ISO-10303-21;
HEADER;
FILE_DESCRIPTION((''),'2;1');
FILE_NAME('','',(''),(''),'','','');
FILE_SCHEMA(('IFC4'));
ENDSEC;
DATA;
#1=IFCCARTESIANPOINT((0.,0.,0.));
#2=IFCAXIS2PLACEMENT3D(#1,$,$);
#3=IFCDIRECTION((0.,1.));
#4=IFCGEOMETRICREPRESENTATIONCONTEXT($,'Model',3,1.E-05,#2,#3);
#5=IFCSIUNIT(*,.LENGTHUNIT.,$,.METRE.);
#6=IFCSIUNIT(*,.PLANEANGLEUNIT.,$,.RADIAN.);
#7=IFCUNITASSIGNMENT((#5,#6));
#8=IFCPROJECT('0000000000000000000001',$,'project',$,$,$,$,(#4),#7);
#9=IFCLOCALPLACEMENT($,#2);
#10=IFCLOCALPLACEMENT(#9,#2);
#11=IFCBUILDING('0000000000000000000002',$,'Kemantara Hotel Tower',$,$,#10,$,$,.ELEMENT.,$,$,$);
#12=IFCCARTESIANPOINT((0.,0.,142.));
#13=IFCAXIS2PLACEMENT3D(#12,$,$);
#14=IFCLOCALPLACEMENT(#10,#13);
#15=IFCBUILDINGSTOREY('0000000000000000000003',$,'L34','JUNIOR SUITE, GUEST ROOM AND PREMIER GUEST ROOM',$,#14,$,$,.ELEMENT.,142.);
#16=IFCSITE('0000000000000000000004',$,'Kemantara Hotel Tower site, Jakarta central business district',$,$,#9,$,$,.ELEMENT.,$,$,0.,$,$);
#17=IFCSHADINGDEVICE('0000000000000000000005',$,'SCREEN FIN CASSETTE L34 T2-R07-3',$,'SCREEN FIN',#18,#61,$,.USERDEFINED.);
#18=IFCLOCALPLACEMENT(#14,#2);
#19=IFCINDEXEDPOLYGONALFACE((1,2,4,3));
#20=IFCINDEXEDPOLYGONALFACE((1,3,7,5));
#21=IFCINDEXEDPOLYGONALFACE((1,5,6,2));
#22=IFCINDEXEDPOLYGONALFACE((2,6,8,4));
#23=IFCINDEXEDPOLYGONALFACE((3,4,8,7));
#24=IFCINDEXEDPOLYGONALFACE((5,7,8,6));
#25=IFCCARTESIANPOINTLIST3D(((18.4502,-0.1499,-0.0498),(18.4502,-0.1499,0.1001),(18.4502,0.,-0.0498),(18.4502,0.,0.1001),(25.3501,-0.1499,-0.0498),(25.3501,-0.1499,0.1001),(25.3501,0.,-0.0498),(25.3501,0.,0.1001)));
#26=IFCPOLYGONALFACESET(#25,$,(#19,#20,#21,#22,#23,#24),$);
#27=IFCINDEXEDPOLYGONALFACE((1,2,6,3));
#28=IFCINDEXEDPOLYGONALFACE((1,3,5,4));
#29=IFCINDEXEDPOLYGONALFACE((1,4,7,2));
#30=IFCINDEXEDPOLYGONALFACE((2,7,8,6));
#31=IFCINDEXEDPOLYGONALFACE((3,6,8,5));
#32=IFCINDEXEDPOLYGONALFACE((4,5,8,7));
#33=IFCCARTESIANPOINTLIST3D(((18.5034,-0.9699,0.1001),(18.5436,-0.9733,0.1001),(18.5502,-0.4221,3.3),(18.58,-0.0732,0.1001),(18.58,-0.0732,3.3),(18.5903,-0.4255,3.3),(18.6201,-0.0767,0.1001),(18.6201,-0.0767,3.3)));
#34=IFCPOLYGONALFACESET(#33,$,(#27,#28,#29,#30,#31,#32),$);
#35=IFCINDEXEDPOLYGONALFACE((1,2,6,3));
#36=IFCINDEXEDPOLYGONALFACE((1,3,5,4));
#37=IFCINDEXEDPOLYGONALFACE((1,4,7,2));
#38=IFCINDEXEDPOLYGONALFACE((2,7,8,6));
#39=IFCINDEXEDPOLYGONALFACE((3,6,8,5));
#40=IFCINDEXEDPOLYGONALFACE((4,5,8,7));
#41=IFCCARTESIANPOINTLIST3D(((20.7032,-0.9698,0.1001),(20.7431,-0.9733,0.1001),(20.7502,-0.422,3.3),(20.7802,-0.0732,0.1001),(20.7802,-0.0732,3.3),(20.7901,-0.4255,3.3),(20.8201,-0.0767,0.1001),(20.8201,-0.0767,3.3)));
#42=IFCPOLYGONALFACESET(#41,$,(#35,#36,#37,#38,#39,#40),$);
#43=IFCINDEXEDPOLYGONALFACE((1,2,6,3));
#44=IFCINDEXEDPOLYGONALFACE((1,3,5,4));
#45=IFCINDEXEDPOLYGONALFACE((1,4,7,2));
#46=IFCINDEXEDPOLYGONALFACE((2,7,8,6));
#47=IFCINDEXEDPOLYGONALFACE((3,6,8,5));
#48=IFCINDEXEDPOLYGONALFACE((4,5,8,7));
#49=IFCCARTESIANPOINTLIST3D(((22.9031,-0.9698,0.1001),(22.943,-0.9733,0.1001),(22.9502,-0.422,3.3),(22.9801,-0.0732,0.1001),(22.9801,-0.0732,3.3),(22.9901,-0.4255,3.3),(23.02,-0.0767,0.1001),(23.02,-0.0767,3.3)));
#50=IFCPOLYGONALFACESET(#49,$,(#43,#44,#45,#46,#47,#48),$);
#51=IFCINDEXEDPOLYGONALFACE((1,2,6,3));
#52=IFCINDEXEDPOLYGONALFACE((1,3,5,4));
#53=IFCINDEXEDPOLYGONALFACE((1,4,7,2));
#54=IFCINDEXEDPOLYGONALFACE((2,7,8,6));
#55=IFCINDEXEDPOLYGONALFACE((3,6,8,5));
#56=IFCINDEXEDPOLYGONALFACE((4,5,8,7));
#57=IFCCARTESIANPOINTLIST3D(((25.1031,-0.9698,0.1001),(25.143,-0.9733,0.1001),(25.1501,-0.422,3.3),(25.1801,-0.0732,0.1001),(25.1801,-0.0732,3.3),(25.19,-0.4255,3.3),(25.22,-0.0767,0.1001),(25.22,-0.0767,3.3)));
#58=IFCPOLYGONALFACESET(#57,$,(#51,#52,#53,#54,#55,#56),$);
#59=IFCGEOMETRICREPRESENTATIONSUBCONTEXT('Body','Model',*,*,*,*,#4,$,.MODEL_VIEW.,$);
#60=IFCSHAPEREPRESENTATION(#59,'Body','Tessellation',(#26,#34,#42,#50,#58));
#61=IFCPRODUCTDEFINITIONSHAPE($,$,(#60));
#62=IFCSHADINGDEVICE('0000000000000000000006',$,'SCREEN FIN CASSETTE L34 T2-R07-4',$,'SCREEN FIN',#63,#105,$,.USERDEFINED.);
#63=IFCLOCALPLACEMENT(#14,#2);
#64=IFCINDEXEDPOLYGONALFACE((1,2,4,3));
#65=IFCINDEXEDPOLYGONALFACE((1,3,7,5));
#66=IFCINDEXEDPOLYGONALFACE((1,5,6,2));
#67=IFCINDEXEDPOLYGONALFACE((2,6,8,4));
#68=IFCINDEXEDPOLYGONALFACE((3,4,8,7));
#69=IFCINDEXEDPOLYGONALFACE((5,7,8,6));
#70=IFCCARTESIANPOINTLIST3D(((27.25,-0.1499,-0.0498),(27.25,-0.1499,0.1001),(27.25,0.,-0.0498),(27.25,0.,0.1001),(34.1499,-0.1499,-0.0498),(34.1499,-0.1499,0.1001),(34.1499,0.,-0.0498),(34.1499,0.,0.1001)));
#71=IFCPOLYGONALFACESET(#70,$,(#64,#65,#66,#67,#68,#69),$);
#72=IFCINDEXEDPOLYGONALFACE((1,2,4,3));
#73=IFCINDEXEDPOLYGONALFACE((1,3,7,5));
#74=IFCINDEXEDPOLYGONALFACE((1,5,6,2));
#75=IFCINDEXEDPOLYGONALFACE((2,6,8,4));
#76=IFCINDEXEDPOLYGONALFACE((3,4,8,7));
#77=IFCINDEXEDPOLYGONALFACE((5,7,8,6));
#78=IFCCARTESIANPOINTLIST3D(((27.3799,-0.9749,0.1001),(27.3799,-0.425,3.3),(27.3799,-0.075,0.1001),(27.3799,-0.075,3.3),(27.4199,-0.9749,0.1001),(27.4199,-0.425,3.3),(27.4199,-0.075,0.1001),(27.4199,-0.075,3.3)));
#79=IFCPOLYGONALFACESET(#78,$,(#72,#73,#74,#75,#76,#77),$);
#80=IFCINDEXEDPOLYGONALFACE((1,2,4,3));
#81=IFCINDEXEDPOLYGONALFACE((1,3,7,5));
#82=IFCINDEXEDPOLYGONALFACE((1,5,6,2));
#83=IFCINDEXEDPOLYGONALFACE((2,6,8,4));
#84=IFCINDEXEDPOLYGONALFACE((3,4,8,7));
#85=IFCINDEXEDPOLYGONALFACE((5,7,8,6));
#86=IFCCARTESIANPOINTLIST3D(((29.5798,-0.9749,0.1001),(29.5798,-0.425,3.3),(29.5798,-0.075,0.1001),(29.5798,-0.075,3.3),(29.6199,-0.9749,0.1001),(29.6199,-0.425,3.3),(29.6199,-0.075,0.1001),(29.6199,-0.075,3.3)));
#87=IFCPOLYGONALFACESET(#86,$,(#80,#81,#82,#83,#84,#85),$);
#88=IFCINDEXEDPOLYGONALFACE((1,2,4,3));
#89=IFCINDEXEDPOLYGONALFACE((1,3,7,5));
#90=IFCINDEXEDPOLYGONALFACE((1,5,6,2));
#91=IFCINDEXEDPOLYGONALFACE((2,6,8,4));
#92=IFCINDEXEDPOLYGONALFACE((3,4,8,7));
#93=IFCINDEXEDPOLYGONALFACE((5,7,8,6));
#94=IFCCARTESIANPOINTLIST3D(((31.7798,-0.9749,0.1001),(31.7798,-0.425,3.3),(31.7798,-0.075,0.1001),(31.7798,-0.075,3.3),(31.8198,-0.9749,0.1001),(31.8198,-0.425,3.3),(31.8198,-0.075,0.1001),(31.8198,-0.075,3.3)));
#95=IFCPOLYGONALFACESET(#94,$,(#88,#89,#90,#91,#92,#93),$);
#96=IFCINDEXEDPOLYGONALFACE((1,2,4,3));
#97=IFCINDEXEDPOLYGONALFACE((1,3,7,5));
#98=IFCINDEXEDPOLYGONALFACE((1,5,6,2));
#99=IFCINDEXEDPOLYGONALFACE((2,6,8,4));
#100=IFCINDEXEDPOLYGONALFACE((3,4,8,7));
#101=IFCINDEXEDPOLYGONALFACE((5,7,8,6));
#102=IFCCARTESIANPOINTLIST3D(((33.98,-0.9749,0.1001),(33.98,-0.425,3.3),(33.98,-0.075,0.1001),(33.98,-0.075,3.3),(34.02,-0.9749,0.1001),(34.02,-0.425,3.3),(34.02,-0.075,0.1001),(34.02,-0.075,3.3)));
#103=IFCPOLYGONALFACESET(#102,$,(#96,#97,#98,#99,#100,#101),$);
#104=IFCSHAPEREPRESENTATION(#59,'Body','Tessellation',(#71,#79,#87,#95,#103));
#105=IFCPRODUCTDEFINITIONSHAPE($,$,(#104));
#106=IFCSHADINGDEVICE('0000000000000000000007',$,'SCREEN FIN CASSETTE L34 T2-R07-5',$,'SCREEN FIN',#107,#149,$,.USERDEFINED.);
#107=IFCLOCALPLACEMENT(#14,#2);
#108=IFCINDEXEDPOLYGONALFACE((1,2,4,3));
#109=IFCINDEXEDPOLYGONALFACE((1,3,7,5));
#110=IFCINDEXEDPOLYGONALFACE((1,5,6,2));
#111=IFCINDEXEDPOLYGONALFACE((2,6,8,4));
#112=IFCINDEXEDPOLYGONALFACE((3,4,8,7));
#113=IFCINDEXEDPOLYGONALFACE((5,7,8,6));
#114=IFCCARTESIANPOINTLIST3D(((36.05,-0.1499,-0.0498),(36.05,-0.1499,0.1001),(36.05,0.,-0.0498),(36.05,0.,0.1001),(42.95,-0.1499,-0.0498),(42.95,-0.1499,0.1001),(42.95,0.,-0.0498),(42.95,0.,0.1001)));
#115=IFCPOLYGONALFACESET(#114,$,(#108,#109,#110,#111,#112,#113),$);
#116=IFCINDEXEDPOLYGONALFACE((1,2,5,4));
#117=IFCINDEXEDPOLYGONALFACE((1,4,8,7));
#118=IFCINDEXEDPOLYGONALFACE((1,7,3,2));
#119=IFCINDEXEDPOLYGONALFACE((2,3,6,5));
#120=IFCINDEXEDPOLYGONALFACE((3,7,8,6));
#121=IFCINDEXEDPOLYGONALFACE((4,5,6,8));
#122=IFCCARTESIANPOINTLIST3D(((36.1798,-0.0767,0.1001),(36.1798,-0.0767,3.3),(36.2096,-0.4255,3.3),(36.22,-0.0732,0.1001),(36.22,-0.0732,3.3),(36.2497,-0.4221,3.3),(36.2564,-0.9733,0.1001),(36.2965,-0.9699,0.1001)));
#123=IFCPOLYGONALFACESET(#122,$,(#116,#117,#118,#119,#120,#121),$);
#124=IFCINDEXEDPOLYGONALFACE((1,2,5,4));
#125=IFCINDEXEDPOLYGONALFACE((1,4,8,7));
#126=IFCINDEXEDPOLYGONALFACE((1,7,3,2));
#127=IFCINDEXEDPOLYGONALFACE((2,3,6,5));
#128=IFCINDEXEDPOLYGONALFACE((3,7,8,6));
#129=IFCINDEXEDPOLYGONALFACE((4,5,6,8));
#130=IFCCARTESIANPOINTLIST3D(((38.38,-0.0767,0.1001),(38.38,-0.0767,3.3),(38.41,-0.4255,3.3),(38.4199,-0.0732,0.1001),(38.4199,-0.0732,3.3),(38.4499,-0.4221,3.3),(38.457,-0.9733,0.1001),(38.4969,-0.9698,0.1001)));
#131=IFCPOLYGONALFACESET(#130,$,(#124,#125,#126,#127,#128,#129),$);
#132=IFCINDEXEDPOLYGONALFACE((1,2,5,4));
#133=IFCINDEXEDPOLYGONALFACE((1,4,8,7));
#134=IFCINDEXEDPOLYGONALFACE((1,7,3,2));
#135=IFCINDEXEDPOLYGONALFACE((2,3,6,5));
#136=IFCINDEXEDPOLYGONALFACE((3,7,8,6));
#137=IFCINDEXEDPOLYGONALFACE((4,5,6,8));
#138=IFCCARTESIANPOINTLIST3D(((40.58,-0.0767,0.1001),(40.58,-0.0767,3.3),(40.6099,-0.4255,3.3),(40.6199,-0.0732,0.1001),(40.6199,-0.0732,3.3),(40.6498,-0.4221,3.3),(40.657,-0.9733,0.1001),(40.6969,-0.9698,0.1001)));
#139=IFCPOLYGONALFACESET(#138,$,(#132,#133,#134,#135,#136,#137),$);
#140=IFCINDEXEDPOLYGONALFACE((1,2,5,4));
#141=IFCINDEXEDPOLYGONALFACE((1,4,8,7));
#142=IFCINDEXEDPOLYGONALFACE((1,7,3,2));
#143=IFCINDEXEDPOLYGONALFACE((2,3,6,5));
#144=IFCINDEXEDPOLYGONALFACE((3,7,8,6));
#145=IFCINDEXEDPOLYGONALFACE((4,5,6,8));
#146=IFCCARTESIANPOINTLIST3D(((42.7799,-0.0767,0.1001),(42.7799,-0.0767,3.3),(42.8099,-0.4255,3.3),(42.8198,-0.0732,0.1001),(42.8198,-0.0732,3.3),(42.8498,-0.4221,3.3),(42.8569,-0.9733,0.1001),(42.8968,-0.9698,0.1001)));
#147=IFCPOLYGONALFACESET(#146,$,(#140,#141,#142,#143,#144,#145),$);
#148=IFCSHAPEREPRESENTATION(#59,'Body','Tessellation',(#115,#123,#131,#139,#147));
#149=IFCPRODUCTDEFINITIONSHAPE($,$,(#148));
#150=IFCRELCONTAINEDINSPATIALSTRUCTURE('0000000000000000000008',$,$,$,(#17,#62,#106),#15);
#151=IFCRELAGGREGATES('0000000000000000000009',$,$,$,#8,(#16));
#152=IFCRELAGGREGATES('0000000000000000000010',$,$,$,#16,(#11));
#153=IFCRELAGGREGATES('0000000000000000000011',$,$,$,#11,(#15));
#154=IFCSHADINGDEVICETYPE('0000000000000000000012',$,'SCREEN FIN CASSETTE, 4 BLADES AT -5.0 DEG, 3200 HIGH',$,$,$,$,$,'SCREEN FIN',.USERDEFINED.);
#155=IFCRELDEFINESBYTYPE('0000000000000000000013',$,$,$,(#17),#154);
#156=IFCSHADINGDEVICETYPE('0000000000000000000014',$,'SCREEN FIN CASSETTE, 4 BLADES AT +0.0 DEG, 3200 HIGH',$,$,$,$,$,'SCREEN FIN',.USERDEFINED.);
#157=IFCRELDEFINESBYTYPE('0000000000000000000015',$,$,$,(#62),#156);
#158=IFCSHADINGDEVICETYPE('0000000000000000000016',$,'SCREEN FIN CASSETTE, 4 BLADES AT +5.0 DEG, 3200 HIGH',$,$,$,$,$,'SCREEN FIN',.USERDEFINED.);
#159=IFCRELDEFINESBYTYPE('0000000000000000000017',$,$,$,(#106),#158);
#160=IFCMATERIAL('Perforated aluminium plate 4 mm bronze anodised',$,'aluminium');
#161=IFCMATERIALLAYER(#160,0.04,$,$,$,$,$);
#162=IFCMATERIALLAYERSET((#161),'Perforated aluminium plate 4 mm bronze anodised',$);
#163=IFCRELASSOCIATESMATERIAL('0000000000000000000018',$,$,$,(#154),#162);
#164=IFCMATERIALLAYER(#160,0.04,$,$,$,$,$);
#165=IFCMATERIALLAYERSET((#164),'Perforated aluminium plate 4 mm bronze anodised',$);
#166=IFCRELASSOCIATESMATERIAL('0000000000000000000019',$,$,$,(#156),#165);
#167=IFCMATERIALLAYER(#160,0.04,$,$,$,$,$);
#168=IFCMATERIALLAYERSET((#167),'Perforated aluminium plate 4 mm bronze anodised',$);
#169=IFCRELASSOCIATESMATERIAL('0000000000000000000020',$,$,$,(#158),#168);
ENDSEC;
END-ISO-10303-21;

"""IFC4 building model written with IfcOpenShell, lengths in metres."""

from ifc_helpers import new_model, si_unit, direction, frame, origin, origin_2d, place, context, subcontext, project, spatial, polyline, rectangle, outline, extrude, source, transform, mapped, material, layer, layer_set, type_object, element, save


model = new_model("IFC4")

# Units and contexts
model_context = context("Model", 3, precision=1e-05, world=origin(), true_north=direction((0.0, 1.0)))
body_context = subcontext(model_context, "Body", "Model", "MODEL_VIEW")
ifc_project = project(units=[si_unit("LENGTHUNIT", "METRE"), si_unit("PLANEANGLEUNIT", "RADIAN")], contexts=[model_context])

# Site, building, storey
site_placement = place(None, origin())
site = spatial("IfcSite", under=ifc_project, at=site_placement, Name="Kemantara Hotel Tower site, Jakarta central business district", CompositionType="ELEMENT", RefElevation=0.0)
building_placement = place(site_placement, origin())
building = spatial("IfcBuilding", under=site, at=building_placement, Name="Kemantara Hotel Tower", CompositionType="ELEMENT")
storey_placement = place(building_placement, frame((0.0, 0.0, 142.0)))
storey = spatial("IfcBuildingStorey", under=building, at=storey_placement, Name="L34", Description="JUNIOR SUITE, GUEST ROOM AND PREMIER GUEST ROOM", CompositionType="ELEMENT", Elevation=142.0)

# Shading devices
ifc_material_1 = material(Name="Perforated aluminium plate 4 mm bronze anodised", Category="aluminium")
ifc_layer_1 = layer(ifc_material_1, 0.04)
ifc_layer_set_1 = layer_set([ifc_layer_1], Name="Perforated aluminium plate 4 mm bronze anodised")
shading_device_type_1 = type_object("IfcShadingDeviceType", Name="SCREEN FIN CASSETTE, 4 BLADES AT -5.0 DEG, 3200 HIGH", ElementType="SCREEN FIN", PredefinedType="USERDEFINED", material=ifc_layer_set_1)
shared_shape_1 = source(origin(), body_context, "Body", "SweptSolid", [
    extrude(rectangle(XDim=6.8999, YDim=0.1499, at=origin_2d()), frame((3.3, -0.075, -0.1499), z_axis=(0.0, 0.0, 1.0), x_axis=(1.0, 0.0, 0.0)), (0.0, 0.0, 1.0), 0.1499),
    extrude(outline(polyline([(0.0, 0.0), (0.8999, 0.0), (0.3501, 3.2), (0.0, 3.2), (0.0, 0.0)])), frame((0.02, -0.0767, 0.0), z_axis=(-0.996376, 0.085056, 0.0), x_axis=(-0.085056, -0.996376, 0.0)), (0.0, 0.0, 1.0), 0.0403),
    extrude(outline(polyline([(0.0, 0.0), (0.8999, 0.0), (0.3501, 3.2), (0.0, 3.2), (0.0, 0.0)])), frame((2.22, -0.0767, 0.0), z_axis=(-0.996332, 0.085575, 0.0), x_axis=(-0.085575, -0.996332, 0.0)), (0.0, 0.0, 1.0), 0.04),
    extrude(outline(polyline([(0.0, 0.0), (0.8999, 0.0), (0.3501, 3.2), (0.0, 3.2), (0.0, 0.0)])), frame((4.4199, -0.0767, 0.0), z_axis=(-0.996332, 0.085575, 0.0), x_axis=(-0.085575, -0.996332, 0.0)), (0.0, 0.0, 1.0), 0.04),
    extrude(outline(polyline([(0.0, 0.0), (0.8999, 0.0), (0.3501, 3.2), (0.0, 3.2), (0.0, 0.0)])), frame((6.6199, -0.0767, 0.0), z_axis=(-0.996332, 0.085575, 0.0), x_axis=(-0.085575, -0.996332, 0.0)), (0.0, 0.0, 1.0), 0.04),
])
shading_device_1_placement = place(storey_placement, frame((18.6001, 0.0, 0.1001), z_axis=(0.0, 0.0, 1.0), x_axis=(1.0, 0.0, 0.0)))
element("IfcShadingDevice", 1, at=shading_device_1_placement, inside=storey, type_object=shading_device_type_1, Name="SCREEN FIN CASSETTE L34 T2-R07-3", ObjectType="SCREEN FIN", PredefinedType="USERDEFINED", context=body_context, shape_type="MappedRepresentation", body=[
    mapped(shared_shape_1, transform((0.0, 0.0, 0.0))),
])
ifc_layer_2 = layer(ifc_material_1, 0.04)
ifc_layer_set_2 = layer_set([ifc_layer_2], Name="Perforated aluminium plate 4 mm bronze anodised")
shading_device_type_2 = type_object("IfcShadingDeviceType", Name="SCREEN FIN CASSETTE, 4 BLADES AT +0.0 DEG, 3200 HIGH", ElementType="SCREEN FIN", PredefinedType="USERDEFINED", material=ifc_layer_set_2)
shared_shape_2 = source(origin(), body_context, "Body", "SweptSolid", [
    extrude(rectangle(XDim=6.8999, YDim=0.1499, at=origin_2d()), frame((3.3, -0.075, -0.1499), z_axis=(0.0, 0.0, 1.0), x_axis=(1.0, 0.0, 0.0)), (0.0, 0.0, 1.0), 0.1499),
    extrude(outline(polyline([(0.0, 0.0), (0.8999, 0.0), (0.3501, 3.2), (0.0, 3.2), (0.0, 0.0)])), frame((0.02, -0.075, 0.0), z_axis=(-1.0, 0.0, 0.0), x_axis=(0.0, -1.0, 0.0)), (0.0, 0.0, 1.0), 0.04),
    extrude(outline(polyline([(0.0, 0.0), (0.8999, 0.0), (0.3501, 3.2), (0.0, 3.2), (0.0, 0.0)])), frame((2.22, -0.075, 0.0), z_axis=(-1.0, 0.0, 0.0), x_axis=(0.0, -1.0, 0.0)), (0.0, 0.0, 1.0), 0.04),
    extrude(outline(polyline([(0.0, 0.0), (0.8999, 0.0), (0.3501, 3.2), (0.0, 3.2), (0.0, 0.0)])), frame((4.4199, -0.075, 0.0), z_axis=(-1.0, 0.0, 0.0), x_axis=(0.0, -1.0, 0.0)), (0.0, 0.0, 1.0), 0.04),
    extrude(outline(polyline([(0.0, 0.0), (0.8999, 0.0), (0.3501, 3.2), (0.0, 3.2), (0.0, 0.0)])), frame((6.6201, -0.075, 0.0), z_axis=(-1.0, 0.0, 0.0), x_axis=(0.0, -1.0, 0.0)), (0.0, 0.0, 1.0), 0.04),
])
shading_device_2_placement = place(storey_placement, frame((27.3999, 0.0, 0.1001), z_axis=(0.0, 0.0, 1.0), x_axis=(1.0, 0.0, 0.0)))
element("IfcShadingDevice", 2, at=shading_device_2_placement, inside=storey, type_object=shading_device_type_2, Name="SCREEN FIN CASSETTE L34 T2-R07-4", ObjectType="SCREEN FIN", PredefinedType="USERDEFINED", context=body_context, shape_type="MappedRepresentation", body=[
    mapped(shared_shape_2, transform((0.0, 0.0, 0.0))),
])
ifc_layer_3 = layer(ifc_material_1, 0.04)
ifc_layer_set_3 = layer_set([ifc_layer_3], Name="Perforated aluminium plate 4 mm bronze anodised")
shading_device_type_3 = type_object("IfcShadingDeviceType", Name="SCREEN FIN CASSETTE, 4 BLADES AT +5.0 DEG, 3200 HIGH", ElementType="SCREEN FIN", PredefinedType="USERDEFINED", material=ifc_layer_set_3)
shared_shape_3 = source(origin(), body_context, "Body", "SweptSolid", [
    extrude(rectangle(XDim=6.8999, YDim=0.1499, at=origin_2d()), frame((3.3, -0.075, -0.1499), z_axis=(0.0, 0.0, 1.0), x_axis=(1.0, 0.0, 0.0)), (0.0, 0.0, 1.0), 0.1499),
    extrude(outline(polyline([(0.0, 0.0), (0.8999, 0.0), (0.3501, 3.2), (0.0, 3.2), (0.0, 0.0)])), frame((0.02, -0.0732, 0.0), z_axis=(-0.996376, -0.085056, 0.0), x_axis=(0.085056, -0.996376, 0.0)), (0.0, 0.0, 1.0), 0.0403),
    extrude(outline(polyline([(0.0, 0.0), (0.8999, 0.0), (0.3501, 3.2), (0.0, 3.2), (0.0, 0.0)])), frame((2.22, -0.0732, 0.0), z_axis=(-0.996332, -0.085575, 0.0), x_axis=(0.085575, -0.996332, 0.0)), (0.0, 0.0, 1.0), 0.04),
    extrude(outline(polyline([(0.0, 0.0), (0.8999, 0.0), (0.3501, 3.2), (0.0, 3.2), (0.0, 0.0)])), frame((4.4199, -0.0732, 0.0), z_axis=(-0.996332, -0.085575, 0.0), x_axis=(0.085575, -0.996332, 0.0)), (0.0, 0.0, 1.0), 0.04),
    extrude(outline(polyline([(0.0, 0.0), (0.8999, 0.0), (0.3501, 3.2), (0.0, 3.2), (0.0, 0.0)])), frame((6.6199, -0.0732, 0.0), z_axis=(-0.996332, -0.085575, 0.0), x_axis=(0.085575, -0.996332, 0.0)), (0.0, 0.0, 1.0), 0.04),
])
shading_device_3_placement = place(storey_placement, frame((36.2, 0.0, 0.1001), z_axis=(0.0, 0.0, 1.0), x_axis=(1.0, 0.0, 0.0)))
element("IfcShadingDevice", 3, at=shading_device_3_placement, inside=storey, type_object=shading_device_type_3, Name="SCREEN FIN CASSETTE L34 T2-R07-5", ObjectType="SCREEN FIN", PredefinedType="USERDEFINED", context=body_context, shape_type="MappedRepresentation", body=[
    mapped(shared_shape_3, transform((0.0, 0.0, 0.0))),
])

save(model, "model.ifc")
